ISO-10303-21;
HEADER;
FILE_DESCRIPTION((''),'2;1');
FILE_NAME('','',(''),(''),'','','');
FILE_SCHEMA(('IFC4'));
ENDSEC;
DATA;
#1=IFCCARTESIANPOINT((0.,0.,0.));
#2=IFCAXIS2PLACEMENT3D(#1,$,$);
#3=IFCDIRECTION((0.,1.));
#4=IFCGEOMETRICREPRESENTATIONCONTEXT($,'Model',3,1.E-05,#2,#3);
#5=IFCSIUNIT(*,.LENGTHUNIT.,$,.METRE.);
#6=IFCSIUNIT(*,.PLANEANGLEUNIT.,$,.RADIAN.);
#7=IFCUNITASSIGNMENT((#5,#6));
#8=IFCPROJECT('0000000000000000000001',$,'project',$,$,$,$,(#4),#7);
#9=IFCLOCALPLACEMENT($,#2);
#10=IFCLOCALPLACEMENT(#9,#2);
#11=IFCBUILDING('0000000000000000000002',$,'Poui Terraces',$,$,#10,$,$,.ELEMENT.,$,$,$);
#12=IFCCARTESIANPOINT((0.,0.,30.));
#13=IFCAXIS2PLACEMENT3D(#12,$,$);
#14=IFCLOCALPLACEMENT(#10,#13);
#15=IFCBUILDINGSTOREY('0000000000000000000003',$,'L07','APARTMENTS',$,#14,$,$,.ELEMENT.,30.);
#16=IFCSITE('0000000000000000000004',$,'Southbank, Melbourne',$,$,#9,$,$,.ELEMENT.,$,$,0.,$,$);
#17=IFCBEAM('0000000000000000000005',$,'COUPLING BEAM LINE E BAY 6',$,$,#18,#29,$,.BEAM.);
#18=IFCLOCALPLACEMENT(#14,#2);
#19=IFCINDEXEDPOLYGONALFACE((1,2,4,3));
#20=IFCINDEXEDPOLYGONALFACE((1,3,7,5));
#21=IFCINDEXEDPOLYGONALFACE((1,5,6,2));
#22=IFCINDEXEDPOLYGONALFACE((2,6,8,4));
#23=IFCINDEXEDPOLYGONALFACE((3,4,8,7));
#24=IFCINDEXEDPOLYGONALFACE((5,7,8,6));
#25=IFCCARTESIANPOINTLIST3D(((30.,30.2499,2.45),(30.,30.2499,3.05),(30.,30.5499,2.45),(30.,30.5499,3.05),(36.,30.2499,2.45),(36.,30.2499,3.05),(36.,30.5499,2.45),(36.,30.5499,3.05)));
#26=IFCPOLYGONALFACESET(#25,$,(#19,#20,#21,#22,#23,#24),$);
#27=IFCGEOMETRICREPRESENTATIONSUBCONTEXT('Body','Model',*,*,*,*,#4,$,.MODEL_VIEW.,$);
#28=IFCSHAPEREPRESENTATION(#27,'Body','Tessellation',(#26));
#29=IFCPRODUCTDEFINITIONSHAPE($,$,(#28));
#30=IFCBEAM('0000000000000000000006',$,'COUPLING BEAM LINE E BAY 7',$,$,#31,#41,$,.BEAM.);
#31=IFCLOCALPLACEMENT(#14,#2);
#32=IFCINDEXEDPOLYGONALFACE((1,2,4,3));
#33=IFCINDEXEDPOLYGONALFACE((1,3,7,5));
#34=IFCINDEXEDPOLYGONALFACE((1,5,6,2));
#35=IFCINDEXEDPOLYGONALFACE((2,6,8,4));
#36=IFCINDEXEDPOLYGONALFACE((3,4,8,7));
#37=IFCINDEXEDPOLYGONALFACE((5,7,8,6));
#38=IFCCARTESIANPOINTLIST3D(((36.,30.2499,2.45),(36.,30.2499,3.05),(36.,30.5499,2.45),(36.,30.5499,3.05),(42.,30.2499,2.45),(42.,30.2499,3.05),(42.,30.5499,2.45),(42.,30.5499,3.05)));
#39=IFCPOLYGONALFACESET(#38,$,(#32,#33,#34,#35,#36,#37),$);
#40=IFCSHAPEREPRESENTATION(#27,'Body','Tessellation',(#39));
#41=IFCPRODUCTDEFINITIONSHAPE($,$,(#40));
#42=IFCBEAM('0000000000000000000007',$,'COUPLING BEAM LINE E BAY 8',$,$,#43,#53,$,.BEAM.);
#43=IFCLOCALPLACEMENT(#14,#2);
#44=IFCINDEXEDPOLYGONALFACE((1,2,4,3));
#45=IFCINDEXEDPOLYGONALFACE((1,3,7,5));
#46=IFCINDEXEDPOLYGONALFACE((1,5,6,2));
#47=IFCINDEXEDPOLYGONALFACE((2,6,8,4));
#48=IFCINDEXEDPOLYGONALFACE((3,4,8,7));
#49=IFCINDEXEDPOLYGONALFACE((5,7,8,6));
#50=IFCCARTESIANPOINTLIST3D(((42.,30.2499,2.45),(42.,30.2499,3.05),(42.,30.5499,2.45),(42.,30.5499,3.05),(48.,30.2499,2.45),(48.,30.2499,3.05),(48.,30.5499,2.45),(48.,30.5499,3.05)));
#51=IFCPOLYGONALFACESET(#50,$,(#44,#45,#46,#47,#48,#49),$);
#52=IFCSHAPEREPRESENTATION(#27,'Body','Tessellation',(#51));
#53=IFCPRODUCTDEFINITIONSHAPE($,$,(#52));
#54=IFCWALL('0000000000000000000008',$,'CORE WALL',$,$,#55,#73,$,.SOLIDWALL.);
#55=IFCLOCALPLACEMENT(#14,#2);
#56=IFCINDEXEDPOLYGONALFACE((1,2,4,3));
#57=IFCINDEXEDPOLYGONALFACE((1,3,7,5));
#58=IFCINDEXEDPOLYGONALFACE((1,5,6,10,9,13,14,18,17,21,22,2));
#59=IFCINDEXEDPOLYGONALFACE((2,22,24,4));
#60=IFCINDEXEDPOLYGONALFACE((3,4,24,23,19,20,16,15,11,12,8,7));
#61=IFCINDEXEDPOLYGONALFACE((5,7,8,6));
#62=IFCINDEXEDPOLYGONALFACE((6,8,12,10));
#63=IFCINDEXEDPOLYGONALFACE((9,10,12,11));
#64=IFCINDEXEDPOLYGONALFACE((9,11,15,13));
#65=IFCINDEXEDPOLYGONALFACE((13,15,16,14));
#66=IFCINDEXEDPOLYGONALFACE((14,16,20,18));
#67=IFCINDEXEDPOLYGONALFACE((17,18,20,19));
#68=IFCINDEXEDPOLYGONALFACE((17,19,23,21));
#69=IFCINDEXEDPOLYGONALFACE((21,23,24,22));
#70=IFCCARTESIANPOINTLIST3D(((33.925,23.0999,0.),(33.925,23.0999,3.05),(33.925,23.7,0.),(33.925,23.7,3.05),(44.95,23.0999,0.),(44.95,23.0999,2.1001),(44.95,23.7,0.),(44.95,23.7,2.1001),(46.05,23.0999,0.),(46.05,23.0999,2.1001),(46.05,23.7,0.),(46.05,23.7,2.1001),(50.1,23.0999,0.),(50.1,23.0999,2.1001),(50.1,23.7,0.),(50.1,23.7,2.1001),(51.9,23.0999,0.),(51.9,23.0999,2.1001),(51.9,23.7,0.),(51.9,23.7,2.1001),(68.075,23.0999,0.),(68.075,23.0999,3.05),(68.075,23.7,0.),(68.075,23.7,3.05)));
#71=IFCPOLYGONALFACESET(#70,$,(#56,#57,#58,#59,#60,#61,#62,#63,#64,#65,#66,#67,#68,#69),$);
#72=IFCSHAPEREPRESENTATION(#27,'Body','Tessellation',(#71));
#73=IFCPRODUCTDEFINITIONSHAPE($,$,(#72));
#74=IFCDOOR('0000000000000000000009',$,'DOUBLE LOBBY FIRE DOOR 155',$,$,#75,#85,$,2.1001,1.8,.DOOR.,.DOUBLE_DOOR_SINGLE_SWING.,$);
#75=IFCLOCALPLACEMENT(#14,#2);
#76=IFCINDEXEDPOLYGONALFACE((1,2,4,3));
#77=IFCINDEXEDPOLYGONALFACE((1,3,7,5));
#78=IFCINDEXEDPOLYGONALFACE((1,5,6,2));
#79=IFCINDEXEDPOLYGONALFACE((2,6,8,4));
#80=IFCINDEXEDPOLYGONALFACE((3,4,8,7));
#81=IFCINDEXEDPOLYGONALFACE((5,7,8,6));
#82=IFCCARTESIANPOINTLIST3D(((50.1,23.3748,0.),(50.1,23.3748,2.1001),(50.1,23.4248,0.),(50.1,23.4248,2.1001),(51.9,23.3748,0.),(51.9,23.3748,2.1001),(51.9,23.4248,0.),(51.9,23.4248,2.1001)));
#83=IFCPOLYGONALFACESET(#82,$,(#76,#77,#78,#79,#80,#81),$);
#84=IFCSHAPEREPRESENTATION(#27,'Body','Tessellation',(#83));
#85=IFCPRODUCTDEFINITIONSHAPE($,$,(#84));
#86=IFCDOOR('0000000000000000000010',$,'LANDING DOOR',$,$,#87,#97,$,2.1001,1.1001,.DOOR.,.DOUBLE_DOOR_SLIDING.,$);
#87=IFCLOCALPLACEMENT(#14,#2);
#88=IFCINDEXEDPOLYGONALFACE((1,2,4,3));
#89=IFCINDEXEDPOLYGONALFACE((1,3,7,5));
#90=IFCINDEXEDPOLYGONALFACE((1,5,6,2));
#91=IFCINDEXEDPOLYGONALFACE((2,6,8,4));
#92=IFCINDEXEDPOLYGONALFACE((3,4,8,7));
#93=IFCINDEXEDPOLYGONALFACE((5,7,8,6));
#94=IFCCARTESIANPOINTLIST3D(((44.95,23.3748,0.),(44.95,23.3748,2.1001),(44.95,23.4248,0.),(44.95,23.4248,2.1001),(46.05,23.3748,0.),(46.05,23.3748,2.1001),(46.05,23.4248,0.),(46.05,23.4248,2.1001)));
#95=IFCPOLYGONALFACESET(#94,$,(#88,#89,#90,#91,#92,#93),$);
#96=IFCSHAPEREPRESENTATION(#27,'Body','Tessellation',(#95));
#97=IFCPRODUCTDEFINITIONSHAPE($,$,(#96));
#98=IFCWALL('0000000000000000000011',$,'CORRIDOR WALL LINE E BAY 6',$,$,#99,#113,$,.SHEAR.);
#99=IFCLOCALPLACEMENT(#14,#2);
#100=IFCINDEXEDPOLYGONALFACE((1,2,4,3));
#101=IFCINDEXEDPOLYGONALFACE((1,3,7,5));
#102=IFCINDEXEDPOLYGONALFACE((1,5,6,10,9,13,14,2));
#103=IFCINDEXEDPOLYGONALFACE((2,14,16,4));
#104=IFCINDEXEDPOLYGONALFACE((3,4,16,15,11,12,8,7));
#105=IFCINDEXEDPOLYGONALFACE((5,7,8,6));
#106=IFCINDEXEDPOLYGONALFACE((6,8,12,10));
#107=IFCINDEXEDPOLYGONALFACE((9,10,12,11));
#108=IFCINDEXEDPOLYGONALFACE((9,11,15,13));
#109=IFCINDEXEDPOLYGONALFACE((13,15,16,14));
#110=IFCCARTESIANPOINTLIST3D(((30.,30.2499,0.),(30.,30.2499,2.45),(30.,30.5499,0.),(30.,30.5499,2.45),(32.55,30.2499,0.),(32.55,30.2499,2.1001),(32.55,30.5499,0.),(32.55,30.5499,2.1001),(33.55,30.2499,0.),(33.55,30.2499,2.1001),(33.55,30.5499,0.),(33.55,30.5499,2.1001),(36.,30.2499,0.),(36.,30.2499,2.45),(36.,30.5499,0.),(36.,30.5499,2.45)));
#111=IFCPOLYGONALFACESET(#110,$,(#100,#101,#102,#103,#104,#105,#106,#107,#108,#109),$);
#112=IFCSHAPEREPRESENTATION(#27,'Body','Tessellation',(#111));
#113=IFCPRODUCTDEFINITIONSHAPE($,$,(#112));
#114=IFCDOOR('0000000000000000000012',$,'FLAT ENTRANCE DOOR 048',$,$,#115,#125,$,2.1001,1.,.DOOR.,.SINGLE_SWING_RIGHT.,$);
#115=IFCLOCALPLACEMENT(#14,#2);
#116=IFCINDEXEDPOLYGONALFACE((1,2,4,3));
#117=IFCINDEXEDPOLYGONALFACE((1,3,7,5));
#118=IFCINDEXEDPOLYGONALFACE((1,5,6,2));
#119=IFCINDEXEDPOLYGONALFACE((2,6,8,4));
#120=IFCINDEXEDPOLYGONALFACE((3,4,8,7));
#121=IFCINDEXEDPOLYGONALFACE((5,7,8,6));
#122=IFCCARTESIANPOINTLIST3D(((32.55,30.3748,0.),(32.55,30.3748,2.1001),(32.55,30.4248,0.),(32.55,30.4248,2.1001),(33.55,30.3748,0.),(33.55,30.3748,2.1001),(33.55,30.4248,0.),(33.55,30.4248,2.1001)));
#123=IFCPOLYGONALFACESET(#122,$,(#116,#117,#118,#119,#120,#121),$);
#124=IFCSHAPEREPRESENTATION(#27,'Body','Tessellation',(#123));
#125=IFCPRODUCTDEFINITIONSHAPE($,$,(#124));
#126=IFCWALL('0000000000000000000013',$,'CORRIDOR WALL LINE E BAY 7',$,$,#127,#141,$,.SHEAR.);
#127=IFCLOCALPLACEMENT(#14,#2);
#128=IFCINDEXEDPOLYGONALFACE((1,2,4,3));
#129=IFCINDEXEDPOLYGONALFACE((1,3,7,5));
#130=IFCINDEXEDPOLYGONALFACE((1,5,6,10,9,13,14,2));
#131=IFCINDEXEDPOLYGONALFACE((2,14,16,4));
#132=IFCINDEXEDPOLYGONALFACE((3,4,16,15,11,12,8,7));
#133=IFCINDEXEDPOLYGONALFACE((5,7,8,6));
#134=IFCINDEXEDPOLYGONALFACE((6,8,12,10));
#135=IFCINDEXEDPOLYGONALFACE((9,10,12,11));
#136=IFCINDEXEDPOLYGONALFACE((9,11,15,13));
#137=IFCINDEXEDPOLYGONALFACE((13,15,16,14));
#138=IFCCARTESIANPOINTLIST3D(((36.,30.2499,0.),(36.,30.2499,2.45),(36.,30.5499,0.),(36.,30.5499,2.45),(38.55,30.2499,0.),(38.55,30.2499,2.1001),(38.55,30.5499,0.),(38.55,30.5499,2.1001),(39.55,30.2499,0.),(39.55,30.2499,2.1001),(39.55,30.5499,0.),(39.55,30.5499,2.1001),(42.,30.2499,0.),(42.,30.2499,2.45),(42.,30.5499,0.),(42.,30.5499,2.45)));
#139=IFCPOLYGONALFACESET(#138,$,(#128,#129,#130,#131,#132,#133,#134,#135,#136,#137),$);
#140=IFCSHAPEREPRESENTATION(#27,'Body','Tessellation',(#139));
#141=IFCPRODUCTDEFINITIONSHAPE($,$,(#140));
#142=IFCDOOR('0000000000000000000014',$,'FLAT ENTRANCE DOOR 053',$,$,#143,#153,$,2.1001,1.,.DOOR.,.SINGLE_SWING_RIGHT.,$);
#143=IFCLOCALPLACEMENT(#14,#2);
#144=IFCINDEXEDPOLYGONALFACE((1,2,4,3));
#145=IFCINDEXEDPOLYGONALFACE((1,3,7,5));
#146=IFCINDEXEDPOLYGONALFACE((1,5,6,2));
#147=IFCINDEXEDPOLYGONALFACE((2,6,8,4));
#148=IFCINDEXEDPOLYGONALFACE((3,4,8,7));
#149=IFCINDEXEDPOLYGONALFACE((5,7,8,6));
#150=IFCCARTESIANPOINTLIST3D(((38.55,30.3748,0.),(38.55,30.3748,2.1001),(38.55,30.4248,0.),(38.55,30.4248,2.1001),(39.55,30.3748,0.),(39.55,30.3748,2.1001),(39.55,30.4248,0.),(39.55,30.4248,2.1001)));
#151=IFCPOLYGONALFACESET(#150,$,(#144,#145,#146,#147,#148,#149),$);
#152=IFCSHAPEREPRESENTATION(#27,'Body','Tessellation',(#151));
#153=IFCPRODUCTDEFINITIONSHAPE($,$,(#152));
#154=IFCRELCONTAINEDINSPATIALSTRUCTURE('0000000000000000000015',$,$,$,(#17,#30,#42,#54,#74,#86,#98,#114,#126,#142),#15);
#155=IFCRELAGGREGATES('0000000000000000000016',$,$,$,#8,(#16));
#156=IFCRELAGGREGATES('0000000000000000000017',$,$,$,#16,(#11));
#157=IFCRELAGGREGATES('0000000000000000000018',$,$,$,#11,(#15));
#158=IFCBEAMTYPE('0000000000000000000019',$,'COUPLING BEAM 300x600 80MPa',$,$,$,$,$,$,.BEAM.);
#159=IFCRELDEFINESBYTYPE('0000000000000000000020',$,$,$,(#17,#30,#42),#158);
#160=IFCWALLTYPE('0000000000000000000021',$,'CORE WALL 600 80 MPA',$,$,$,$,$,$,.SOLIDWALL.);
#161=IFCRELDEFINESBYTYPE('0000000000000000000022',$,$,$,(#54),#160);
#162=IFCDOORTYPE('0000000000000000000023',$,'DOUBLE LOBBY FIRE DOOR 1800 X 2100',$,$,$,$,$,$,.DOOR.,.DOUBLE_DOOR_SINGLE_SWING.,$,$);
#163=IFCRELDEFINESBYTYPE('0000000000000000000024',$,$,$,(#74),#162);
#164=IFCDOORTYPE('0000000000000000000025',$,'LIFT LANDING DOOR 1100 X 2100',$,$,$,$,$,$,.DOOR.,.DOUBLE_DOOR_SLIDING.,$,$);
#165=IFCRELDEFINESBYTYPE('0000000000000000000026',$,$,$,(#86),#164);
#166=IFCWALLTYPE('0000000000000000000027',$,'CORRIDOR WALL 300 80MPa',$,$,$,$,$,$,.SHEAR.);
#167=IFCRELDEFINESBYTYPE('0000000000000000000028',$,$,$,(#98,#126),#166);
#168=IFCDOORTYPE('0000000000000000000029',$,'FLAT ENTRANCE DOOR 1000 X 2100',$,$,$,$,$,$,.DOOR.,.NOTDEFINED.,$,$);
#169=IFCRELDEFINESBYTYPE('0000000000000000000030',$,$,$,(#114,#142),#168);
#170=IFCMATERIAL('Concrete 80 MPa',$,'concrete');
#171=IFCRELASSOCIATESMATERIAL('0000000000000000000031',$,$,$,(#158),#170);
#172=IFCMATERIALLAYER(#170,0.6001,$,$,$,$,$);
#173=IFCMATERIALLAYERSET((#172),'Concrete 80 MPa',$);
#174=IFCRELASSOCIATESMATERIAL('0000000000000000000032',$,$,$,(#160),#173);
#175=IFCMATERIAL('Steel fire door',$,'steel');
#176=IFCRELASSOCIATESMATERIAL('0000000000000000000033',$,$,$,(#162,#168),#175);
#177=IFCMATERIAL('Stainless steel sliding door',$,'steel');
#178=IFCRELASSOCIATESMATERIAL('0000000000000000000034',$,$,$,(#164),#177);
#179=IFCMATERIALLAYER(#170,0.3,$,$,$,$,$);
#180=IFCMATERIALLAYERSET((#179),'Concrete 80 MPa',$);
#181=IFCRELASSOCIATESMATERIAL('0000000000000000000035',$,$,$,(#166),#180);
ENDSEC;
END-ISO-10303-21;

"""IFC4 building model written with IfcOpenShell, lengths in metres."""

from ifc_helpers import new_model, si_unit, direction, frame, frame_2d, origin, origin_2d, place, context, subcontext, project, spatial, rectangle, extrude, source, transform, mapped, material, layer, layer_set, material_profile, profile_set, type_object, element, fill, save


model = new_model("IFC4")

# Units and contexts
model_context = context("Model", 3, precision=1e-05, world=origin(), true_north=direction((0.0, 1.0)))
body_context = subcontext(model_context, "Body", "Model", "MODEL_VIEW")
ifc_project = project(units=[si_unit("LENGTHUNIT", "METRE"), si_unit("PLANEANGLEUNIT", "RADIAN")], contexts=[model_context])

# Site, building, storey
site_placement = place(None, origin())
site = spatial("IfcSite", under=ifc_project, at=site_placement, Name="Southbank, Melbourne", CompositionType="ELEMENT", RefElevation=0.0)
building_placement = place(site_placement, origin())
building = spatial("IfcBuilding", under=site, at=building_placement, Name="Poui Terraces", CompositionType="ELEMENT")
storey_placement = place(building_placement, frame((0.0, 0.0, 30.0)))
storey = spatial("IfcBuildingStorey", under=building, at=storey_placement, Name="L07", Description="APARTMENTS", CompositionType="ELEMENT", Elevation=30.0)

# Beams
ifc_material_1 = material(Name="Concrete 80 MPa", Category="concrete")
ifc_material_profile = material_profile(ifc_material_1, rectangle(XDim=0.3, YDim=0.6001, at=origin_2d()), Name="RC 300x600")
ifc_profile_set = profile_set([ifc_material_profile], Name="Concrete 80 MPa")
beam_type = type_object("IfcBeamType", Name="COUPLING BEAM 300x600 80MPa", PredefinedType="BEAM", material=ifc_profile_set)
shared_shape = source(origin(), body_context, "Body", "SweptSolid", [
    extrude(rectangle(XDim=0.3, YDim=0.6001, at=origin_2d()), origin(), (0.0, 0.0, 1.0), 6.0),
])
for number, where, z_axis, x_axis, name in (
    (1, (30.0, 30.3999, 2.75), (1.0, 0.0, 0.0), (0.0, 1.0, 0.0), "COUPLING BEAM LINE E BAY 6"),
    (2, (36.0, 30.3999, 2.75), (1.0, 0.0, 0.0), (0.0, 1.0, 0.0), "COUPLING BEAM LINE E BAY 7"),
    (3, (42.0, 30.3999, 2.75), (1.0, 0.0, 0.0), (0.0, 1.0, 0.0), "COUPLING BEAM LINE E BAY 8"),
):
    element("IfcBeam", number, at=place(storey_placement, frame(where, z_axis=z_axis, x_axis=x_axis)), inside=storey, type_object=beam_type, Name=name, PredefinedType="BEAM", context=body_context, shape_type="MappedRepresentation", body=[
        mapped(shared_shape, transform((0.0, 0.0, 0.0))),
    ])

# Wall, openings, doors
ifc_layer_1 = layer(ifc_material_1, 0.6001)
ifc_layer_set_1 = layer_set([ifc_layer_1], Name="Concrete 80 MPa")
wall_type_1 = type_object("IfcWallType", Name="CORE WALL 600 80 MPA", PredefinedType="SOLIDWALL", material=ifc_layer_set_1)
wall_1_placement = place(storey_placement, frame((33.925, 23.3999, 0.0), z_axis=(0.0, 0.0, 1.0), x_axis=(1.0, 0.0, 0.0)))
wall_1 = element("IfcWall", 4, at=wall_1_placement, inside=storey, type_object=wall_type_1, Name="CORE WALL", PredefinedType="SOLIDWALL", context=body_context, shape_type="SweptSolid", body=[
    extrude(rectangle(XDim=34.1499, YDim=0.6001, at=frame_2d((17.075, 0.0))), origin(), (0.0, 0.0, 1.0), 3.05),
])
opening_1_placement = place(wall_1_placement, frame((16.175, 0.0, 0.0)))
opening_1 = element("IfcOpeningElement", 5, at=opening_1_placement, cuts=wall_1, PredefinedType="OPENING", context=body_context, shape_type="SweptSolid", body=[
    extrude(rectangle(XDim=1.8, YDim=2.1001, at=frame_2d((0.8999, 1.05))), frame((0.0, 0.3101, 0.0), z_axis=(0.0, -1.0, 0.0), x_axis=(1.0, 0.0, 0.0)), (0.0, 0.0, 1.0), 0.6201),
])
opening_2_placement = place(wall_1_placement, frame((11.0249, 0.0, 0.0)))
opening_2 = element("IfcOpeningElement", 6, at=opening_2_placement, cuts=wall_1, PredefinedType="OPENING", context=body_context, shape_type="SweptSolid", body=[
    extrude(rectangle(XDim=1.1001, YDim=2.1001, at=frame_2d((0.55, 1.05))), frame((0.0, 0.3101, 0.0), z_axis=(0.0, -1.0, 0.0), x_axis=(1.0, 0.0, 0.0)), (0.0, 0.0, 1.0), 0.6201),
])
ifc_material_2 = material(Name="Steel fire door", Category="steel")
door_type_1 = type_object("IfcDoorType", Name="DOUBLE LOBBY FIRE DOOR 1800 X 2100", OperationType="DOUBLE_DOOR_SINGLE_SWING", PredefinedType="DOOR", material=ifc_material_2)
door_1_placement = place(opening_1_placement, origin())
door_1 = element("IfcDoor", 7, at=door_1_placement, inside=storey, type_object=door_type_1, Name="DOUBLE LOBBY FIRE DOOR 155", OperationType="DOUBLE_DOOR_SINGLE_SWING", OverallHeight=2.1001, OverallWidth=1.8, PredefinedType="DOOR", context=body_context, shape_type="SweptSolid", body=[
    extrude(rectangle(XDim=1.8, YDim=2.1001, at=frame_2d((0.8999, 1.05))), frame((0.0, 0.0249, 0.0), z_axis=(0.0, -1.0, 0.0), x_axis=(1.0, 0.0, 0.0)), (0.0, 0.0, 1.0), 0.05),
])
fill(opening_1, door_1)
ifc_material_3 = material(Name="Stainless steel sliding door", Category="steel")
door_type_2 = type_object("IfcDoorType", Name="LIFT LANDING DOOR 1100 X 2100", OperationType="DOUBLE_DOOR_SLIDING", PredefinedType="DOOR", material=ifc_material_3)
door_2_placement = place(opening_2_placement, origin())
door_2 = element("IfcDoor", 8, at=door_2_placement, inside=storey, type_object=door_type_2, Name="LANDING DOOR", OperationType="DOUBLE_DOOR_SLIDING", OverallHeight=2.1001, OverallWidth=1.1001, PredefinedType="DOOR", context=body_context, shape_type="SweptSolid", body=[
    extrude(rectangle(XDim=1.1001, YDim=2.1001, at=frame_2d((0.55, 1.05))), frame((0.0, 0.0249, 0.0), z_axis=(0.0, -1.0, 0.0), x_axis=(1.0, 0.0, 0.0)), (0.0, 0.0, 1.0), 0.05),
])
fill(opening_2, door_2)

# Walls, openings, doors
ifc_layer_2 = layer(ifc_material_1, 0.3)
ifc_layer_set_2 = layer_set([ifc_layer_2], Name="Concrete 80 MPa")
wall_type_2 = type_object("IfcWallType", Name="CORRIDOR WALL 300 80MPa", PredefinedType="SHEAR", material=ifc_layer_set_2)
wall_2_placement = place(storey_placement, frame((30.0, 30.3999, 0.0), z_axis=(0.0, 0.0, 1.0), x_axis=(1.0, 0.0, 0.0)))
wall_2 = element("IfcWall", 9, at=wall_2_placement, inside=storey, type_object=wall_type_2, Name="CORRIDOR WALL LINE E BAY 6", PredefinedType="SHEAR", context=body_context, shape_type="SweptSolid", body=[
    extrude(rectangle(XDim=6.0, YDim=0.3, at=frame_2d((3.0, 0.0))), origin(), (0.0, 0.0, 1.0), 2.45),
])
opening_3_placement = place(wall_2_placement, frame((2.55, 0.0, 0.0)))
opening_3 = element("IfcOpeningElement", 10, at=opening_3_placement, cuts=wall_2, PredefinedType="OPENING", context=body_context, shape_type="SweptSolid", body=[
    extrude(rectangle(XDim=1.0, YDim=2.1001, at=frame_2d((0.5, 1.05))), frame((0.0, 0.1602, 0.0), z_axis=(0.0, -1.0, 0.0), x_axis=(1.0, 0.0, 0.0)), (0.0, 0.0, 1.0), 0.3201),
])
door_type_3 = type_object("IfcDoorType", Name="FLAT ENTRANCE DOOR 1000 X 2100", OperationType="NOTDEFINED", PredefinedType="DOOR", material=ifc_material_2)
door_3_placement = place(opening_3_placement, origin())
door_3 = element("IfcDoor", 11, at=door_3_placement, inside=storey, type_object=door_type_3, Name="FLAT ENTRANCE DOOR 048", OperationType="SINGLE_SWING_RIGHT", OverallHeight=2.1001, OverallWidth=1.0, PredefinedType="DOOR", context=body_context, shape_type="SweptSolid", body=[
    extrude(rectangle(XDim=1.0, YDim=2.1001, at=frame_2d((0.5, 1.05))), frame((0.0, 0.0249, 0.0), z_axis=(0.0, -1.0, 0.0), x_axis=(1.0, 0.0, 0.0)), (0.0, 0.0, 1.0), 0.05),
])
fill(opening_3, door_3)
wall_3_placement = place(storey_placement, frame((36.0, 30.3999, 0.0), z_axis=(0.0, 0.0, 1.0), x_axis=(1.0, 0.0, 0.0)))
wall_3 = element("IfcWall", 12, at=wall_3_placement, inside=storey, type_object=wall_type_2, Name="CORRIDOR WALL LINE E BAY 7", PredefinedType="SHEAR", context=body_context, shape_type="SweptSolid", body=[
    extrude(rectangle(XDim=6.0, YDim=0.3, at=frame_2d((3.0, 0.0))), origin(), (0.0, 0.0, 1.0), 2.45),
])
opening_4_placement = place(wall_3_placement, frame((2.55, 0.0, 0.0)))
opening_4 = element("IfcOpeningElement", 13, at=opening_4_placement, cuts=wall_3, PredefinedType="OPENING", context=body_context, shape_type="SweptSolid", body=[
    extrude(rectangle(XDim=1.0, YDim=2.1001, at=frame_2d((0.5, 1.05))), frame((0.0, 0.1602, 0.0), z_axis=(0.0, -1.0, 0.0), x_axis=(1.0, 0.0, 0.0)), (0.0, 0.0, 1.0), 0.3201),
])
door_4_placement = place(opening_4_placement, origin())
door_4 = element("IfcDoor", 14, at=door_4_placement, inside=storey, type_object=door_type_3, Name="FLAT ENTRANCE DOOR 053", OperationType="SINGLE_SWING_RIGHT", OverallHeight=2.1001, OverallWidth=1.0, PredefinedType="DOOR", context=body_context, shape_type="SweptSolid", body=[
    extrude(rectangle(XDim=1.0, YDim=2.1001, at=frame_2d((0.5, 1.05))), frame((0.0, 0.0249, 0.0), z_axis=(0.0, -1.0, 0.0), x_axis=(1.0, 0.0, 0.0)), (0.0, 0.0, 1.0), 0.05),
])
fill(opening_4, door_4)

save(model, "model.ifc")
